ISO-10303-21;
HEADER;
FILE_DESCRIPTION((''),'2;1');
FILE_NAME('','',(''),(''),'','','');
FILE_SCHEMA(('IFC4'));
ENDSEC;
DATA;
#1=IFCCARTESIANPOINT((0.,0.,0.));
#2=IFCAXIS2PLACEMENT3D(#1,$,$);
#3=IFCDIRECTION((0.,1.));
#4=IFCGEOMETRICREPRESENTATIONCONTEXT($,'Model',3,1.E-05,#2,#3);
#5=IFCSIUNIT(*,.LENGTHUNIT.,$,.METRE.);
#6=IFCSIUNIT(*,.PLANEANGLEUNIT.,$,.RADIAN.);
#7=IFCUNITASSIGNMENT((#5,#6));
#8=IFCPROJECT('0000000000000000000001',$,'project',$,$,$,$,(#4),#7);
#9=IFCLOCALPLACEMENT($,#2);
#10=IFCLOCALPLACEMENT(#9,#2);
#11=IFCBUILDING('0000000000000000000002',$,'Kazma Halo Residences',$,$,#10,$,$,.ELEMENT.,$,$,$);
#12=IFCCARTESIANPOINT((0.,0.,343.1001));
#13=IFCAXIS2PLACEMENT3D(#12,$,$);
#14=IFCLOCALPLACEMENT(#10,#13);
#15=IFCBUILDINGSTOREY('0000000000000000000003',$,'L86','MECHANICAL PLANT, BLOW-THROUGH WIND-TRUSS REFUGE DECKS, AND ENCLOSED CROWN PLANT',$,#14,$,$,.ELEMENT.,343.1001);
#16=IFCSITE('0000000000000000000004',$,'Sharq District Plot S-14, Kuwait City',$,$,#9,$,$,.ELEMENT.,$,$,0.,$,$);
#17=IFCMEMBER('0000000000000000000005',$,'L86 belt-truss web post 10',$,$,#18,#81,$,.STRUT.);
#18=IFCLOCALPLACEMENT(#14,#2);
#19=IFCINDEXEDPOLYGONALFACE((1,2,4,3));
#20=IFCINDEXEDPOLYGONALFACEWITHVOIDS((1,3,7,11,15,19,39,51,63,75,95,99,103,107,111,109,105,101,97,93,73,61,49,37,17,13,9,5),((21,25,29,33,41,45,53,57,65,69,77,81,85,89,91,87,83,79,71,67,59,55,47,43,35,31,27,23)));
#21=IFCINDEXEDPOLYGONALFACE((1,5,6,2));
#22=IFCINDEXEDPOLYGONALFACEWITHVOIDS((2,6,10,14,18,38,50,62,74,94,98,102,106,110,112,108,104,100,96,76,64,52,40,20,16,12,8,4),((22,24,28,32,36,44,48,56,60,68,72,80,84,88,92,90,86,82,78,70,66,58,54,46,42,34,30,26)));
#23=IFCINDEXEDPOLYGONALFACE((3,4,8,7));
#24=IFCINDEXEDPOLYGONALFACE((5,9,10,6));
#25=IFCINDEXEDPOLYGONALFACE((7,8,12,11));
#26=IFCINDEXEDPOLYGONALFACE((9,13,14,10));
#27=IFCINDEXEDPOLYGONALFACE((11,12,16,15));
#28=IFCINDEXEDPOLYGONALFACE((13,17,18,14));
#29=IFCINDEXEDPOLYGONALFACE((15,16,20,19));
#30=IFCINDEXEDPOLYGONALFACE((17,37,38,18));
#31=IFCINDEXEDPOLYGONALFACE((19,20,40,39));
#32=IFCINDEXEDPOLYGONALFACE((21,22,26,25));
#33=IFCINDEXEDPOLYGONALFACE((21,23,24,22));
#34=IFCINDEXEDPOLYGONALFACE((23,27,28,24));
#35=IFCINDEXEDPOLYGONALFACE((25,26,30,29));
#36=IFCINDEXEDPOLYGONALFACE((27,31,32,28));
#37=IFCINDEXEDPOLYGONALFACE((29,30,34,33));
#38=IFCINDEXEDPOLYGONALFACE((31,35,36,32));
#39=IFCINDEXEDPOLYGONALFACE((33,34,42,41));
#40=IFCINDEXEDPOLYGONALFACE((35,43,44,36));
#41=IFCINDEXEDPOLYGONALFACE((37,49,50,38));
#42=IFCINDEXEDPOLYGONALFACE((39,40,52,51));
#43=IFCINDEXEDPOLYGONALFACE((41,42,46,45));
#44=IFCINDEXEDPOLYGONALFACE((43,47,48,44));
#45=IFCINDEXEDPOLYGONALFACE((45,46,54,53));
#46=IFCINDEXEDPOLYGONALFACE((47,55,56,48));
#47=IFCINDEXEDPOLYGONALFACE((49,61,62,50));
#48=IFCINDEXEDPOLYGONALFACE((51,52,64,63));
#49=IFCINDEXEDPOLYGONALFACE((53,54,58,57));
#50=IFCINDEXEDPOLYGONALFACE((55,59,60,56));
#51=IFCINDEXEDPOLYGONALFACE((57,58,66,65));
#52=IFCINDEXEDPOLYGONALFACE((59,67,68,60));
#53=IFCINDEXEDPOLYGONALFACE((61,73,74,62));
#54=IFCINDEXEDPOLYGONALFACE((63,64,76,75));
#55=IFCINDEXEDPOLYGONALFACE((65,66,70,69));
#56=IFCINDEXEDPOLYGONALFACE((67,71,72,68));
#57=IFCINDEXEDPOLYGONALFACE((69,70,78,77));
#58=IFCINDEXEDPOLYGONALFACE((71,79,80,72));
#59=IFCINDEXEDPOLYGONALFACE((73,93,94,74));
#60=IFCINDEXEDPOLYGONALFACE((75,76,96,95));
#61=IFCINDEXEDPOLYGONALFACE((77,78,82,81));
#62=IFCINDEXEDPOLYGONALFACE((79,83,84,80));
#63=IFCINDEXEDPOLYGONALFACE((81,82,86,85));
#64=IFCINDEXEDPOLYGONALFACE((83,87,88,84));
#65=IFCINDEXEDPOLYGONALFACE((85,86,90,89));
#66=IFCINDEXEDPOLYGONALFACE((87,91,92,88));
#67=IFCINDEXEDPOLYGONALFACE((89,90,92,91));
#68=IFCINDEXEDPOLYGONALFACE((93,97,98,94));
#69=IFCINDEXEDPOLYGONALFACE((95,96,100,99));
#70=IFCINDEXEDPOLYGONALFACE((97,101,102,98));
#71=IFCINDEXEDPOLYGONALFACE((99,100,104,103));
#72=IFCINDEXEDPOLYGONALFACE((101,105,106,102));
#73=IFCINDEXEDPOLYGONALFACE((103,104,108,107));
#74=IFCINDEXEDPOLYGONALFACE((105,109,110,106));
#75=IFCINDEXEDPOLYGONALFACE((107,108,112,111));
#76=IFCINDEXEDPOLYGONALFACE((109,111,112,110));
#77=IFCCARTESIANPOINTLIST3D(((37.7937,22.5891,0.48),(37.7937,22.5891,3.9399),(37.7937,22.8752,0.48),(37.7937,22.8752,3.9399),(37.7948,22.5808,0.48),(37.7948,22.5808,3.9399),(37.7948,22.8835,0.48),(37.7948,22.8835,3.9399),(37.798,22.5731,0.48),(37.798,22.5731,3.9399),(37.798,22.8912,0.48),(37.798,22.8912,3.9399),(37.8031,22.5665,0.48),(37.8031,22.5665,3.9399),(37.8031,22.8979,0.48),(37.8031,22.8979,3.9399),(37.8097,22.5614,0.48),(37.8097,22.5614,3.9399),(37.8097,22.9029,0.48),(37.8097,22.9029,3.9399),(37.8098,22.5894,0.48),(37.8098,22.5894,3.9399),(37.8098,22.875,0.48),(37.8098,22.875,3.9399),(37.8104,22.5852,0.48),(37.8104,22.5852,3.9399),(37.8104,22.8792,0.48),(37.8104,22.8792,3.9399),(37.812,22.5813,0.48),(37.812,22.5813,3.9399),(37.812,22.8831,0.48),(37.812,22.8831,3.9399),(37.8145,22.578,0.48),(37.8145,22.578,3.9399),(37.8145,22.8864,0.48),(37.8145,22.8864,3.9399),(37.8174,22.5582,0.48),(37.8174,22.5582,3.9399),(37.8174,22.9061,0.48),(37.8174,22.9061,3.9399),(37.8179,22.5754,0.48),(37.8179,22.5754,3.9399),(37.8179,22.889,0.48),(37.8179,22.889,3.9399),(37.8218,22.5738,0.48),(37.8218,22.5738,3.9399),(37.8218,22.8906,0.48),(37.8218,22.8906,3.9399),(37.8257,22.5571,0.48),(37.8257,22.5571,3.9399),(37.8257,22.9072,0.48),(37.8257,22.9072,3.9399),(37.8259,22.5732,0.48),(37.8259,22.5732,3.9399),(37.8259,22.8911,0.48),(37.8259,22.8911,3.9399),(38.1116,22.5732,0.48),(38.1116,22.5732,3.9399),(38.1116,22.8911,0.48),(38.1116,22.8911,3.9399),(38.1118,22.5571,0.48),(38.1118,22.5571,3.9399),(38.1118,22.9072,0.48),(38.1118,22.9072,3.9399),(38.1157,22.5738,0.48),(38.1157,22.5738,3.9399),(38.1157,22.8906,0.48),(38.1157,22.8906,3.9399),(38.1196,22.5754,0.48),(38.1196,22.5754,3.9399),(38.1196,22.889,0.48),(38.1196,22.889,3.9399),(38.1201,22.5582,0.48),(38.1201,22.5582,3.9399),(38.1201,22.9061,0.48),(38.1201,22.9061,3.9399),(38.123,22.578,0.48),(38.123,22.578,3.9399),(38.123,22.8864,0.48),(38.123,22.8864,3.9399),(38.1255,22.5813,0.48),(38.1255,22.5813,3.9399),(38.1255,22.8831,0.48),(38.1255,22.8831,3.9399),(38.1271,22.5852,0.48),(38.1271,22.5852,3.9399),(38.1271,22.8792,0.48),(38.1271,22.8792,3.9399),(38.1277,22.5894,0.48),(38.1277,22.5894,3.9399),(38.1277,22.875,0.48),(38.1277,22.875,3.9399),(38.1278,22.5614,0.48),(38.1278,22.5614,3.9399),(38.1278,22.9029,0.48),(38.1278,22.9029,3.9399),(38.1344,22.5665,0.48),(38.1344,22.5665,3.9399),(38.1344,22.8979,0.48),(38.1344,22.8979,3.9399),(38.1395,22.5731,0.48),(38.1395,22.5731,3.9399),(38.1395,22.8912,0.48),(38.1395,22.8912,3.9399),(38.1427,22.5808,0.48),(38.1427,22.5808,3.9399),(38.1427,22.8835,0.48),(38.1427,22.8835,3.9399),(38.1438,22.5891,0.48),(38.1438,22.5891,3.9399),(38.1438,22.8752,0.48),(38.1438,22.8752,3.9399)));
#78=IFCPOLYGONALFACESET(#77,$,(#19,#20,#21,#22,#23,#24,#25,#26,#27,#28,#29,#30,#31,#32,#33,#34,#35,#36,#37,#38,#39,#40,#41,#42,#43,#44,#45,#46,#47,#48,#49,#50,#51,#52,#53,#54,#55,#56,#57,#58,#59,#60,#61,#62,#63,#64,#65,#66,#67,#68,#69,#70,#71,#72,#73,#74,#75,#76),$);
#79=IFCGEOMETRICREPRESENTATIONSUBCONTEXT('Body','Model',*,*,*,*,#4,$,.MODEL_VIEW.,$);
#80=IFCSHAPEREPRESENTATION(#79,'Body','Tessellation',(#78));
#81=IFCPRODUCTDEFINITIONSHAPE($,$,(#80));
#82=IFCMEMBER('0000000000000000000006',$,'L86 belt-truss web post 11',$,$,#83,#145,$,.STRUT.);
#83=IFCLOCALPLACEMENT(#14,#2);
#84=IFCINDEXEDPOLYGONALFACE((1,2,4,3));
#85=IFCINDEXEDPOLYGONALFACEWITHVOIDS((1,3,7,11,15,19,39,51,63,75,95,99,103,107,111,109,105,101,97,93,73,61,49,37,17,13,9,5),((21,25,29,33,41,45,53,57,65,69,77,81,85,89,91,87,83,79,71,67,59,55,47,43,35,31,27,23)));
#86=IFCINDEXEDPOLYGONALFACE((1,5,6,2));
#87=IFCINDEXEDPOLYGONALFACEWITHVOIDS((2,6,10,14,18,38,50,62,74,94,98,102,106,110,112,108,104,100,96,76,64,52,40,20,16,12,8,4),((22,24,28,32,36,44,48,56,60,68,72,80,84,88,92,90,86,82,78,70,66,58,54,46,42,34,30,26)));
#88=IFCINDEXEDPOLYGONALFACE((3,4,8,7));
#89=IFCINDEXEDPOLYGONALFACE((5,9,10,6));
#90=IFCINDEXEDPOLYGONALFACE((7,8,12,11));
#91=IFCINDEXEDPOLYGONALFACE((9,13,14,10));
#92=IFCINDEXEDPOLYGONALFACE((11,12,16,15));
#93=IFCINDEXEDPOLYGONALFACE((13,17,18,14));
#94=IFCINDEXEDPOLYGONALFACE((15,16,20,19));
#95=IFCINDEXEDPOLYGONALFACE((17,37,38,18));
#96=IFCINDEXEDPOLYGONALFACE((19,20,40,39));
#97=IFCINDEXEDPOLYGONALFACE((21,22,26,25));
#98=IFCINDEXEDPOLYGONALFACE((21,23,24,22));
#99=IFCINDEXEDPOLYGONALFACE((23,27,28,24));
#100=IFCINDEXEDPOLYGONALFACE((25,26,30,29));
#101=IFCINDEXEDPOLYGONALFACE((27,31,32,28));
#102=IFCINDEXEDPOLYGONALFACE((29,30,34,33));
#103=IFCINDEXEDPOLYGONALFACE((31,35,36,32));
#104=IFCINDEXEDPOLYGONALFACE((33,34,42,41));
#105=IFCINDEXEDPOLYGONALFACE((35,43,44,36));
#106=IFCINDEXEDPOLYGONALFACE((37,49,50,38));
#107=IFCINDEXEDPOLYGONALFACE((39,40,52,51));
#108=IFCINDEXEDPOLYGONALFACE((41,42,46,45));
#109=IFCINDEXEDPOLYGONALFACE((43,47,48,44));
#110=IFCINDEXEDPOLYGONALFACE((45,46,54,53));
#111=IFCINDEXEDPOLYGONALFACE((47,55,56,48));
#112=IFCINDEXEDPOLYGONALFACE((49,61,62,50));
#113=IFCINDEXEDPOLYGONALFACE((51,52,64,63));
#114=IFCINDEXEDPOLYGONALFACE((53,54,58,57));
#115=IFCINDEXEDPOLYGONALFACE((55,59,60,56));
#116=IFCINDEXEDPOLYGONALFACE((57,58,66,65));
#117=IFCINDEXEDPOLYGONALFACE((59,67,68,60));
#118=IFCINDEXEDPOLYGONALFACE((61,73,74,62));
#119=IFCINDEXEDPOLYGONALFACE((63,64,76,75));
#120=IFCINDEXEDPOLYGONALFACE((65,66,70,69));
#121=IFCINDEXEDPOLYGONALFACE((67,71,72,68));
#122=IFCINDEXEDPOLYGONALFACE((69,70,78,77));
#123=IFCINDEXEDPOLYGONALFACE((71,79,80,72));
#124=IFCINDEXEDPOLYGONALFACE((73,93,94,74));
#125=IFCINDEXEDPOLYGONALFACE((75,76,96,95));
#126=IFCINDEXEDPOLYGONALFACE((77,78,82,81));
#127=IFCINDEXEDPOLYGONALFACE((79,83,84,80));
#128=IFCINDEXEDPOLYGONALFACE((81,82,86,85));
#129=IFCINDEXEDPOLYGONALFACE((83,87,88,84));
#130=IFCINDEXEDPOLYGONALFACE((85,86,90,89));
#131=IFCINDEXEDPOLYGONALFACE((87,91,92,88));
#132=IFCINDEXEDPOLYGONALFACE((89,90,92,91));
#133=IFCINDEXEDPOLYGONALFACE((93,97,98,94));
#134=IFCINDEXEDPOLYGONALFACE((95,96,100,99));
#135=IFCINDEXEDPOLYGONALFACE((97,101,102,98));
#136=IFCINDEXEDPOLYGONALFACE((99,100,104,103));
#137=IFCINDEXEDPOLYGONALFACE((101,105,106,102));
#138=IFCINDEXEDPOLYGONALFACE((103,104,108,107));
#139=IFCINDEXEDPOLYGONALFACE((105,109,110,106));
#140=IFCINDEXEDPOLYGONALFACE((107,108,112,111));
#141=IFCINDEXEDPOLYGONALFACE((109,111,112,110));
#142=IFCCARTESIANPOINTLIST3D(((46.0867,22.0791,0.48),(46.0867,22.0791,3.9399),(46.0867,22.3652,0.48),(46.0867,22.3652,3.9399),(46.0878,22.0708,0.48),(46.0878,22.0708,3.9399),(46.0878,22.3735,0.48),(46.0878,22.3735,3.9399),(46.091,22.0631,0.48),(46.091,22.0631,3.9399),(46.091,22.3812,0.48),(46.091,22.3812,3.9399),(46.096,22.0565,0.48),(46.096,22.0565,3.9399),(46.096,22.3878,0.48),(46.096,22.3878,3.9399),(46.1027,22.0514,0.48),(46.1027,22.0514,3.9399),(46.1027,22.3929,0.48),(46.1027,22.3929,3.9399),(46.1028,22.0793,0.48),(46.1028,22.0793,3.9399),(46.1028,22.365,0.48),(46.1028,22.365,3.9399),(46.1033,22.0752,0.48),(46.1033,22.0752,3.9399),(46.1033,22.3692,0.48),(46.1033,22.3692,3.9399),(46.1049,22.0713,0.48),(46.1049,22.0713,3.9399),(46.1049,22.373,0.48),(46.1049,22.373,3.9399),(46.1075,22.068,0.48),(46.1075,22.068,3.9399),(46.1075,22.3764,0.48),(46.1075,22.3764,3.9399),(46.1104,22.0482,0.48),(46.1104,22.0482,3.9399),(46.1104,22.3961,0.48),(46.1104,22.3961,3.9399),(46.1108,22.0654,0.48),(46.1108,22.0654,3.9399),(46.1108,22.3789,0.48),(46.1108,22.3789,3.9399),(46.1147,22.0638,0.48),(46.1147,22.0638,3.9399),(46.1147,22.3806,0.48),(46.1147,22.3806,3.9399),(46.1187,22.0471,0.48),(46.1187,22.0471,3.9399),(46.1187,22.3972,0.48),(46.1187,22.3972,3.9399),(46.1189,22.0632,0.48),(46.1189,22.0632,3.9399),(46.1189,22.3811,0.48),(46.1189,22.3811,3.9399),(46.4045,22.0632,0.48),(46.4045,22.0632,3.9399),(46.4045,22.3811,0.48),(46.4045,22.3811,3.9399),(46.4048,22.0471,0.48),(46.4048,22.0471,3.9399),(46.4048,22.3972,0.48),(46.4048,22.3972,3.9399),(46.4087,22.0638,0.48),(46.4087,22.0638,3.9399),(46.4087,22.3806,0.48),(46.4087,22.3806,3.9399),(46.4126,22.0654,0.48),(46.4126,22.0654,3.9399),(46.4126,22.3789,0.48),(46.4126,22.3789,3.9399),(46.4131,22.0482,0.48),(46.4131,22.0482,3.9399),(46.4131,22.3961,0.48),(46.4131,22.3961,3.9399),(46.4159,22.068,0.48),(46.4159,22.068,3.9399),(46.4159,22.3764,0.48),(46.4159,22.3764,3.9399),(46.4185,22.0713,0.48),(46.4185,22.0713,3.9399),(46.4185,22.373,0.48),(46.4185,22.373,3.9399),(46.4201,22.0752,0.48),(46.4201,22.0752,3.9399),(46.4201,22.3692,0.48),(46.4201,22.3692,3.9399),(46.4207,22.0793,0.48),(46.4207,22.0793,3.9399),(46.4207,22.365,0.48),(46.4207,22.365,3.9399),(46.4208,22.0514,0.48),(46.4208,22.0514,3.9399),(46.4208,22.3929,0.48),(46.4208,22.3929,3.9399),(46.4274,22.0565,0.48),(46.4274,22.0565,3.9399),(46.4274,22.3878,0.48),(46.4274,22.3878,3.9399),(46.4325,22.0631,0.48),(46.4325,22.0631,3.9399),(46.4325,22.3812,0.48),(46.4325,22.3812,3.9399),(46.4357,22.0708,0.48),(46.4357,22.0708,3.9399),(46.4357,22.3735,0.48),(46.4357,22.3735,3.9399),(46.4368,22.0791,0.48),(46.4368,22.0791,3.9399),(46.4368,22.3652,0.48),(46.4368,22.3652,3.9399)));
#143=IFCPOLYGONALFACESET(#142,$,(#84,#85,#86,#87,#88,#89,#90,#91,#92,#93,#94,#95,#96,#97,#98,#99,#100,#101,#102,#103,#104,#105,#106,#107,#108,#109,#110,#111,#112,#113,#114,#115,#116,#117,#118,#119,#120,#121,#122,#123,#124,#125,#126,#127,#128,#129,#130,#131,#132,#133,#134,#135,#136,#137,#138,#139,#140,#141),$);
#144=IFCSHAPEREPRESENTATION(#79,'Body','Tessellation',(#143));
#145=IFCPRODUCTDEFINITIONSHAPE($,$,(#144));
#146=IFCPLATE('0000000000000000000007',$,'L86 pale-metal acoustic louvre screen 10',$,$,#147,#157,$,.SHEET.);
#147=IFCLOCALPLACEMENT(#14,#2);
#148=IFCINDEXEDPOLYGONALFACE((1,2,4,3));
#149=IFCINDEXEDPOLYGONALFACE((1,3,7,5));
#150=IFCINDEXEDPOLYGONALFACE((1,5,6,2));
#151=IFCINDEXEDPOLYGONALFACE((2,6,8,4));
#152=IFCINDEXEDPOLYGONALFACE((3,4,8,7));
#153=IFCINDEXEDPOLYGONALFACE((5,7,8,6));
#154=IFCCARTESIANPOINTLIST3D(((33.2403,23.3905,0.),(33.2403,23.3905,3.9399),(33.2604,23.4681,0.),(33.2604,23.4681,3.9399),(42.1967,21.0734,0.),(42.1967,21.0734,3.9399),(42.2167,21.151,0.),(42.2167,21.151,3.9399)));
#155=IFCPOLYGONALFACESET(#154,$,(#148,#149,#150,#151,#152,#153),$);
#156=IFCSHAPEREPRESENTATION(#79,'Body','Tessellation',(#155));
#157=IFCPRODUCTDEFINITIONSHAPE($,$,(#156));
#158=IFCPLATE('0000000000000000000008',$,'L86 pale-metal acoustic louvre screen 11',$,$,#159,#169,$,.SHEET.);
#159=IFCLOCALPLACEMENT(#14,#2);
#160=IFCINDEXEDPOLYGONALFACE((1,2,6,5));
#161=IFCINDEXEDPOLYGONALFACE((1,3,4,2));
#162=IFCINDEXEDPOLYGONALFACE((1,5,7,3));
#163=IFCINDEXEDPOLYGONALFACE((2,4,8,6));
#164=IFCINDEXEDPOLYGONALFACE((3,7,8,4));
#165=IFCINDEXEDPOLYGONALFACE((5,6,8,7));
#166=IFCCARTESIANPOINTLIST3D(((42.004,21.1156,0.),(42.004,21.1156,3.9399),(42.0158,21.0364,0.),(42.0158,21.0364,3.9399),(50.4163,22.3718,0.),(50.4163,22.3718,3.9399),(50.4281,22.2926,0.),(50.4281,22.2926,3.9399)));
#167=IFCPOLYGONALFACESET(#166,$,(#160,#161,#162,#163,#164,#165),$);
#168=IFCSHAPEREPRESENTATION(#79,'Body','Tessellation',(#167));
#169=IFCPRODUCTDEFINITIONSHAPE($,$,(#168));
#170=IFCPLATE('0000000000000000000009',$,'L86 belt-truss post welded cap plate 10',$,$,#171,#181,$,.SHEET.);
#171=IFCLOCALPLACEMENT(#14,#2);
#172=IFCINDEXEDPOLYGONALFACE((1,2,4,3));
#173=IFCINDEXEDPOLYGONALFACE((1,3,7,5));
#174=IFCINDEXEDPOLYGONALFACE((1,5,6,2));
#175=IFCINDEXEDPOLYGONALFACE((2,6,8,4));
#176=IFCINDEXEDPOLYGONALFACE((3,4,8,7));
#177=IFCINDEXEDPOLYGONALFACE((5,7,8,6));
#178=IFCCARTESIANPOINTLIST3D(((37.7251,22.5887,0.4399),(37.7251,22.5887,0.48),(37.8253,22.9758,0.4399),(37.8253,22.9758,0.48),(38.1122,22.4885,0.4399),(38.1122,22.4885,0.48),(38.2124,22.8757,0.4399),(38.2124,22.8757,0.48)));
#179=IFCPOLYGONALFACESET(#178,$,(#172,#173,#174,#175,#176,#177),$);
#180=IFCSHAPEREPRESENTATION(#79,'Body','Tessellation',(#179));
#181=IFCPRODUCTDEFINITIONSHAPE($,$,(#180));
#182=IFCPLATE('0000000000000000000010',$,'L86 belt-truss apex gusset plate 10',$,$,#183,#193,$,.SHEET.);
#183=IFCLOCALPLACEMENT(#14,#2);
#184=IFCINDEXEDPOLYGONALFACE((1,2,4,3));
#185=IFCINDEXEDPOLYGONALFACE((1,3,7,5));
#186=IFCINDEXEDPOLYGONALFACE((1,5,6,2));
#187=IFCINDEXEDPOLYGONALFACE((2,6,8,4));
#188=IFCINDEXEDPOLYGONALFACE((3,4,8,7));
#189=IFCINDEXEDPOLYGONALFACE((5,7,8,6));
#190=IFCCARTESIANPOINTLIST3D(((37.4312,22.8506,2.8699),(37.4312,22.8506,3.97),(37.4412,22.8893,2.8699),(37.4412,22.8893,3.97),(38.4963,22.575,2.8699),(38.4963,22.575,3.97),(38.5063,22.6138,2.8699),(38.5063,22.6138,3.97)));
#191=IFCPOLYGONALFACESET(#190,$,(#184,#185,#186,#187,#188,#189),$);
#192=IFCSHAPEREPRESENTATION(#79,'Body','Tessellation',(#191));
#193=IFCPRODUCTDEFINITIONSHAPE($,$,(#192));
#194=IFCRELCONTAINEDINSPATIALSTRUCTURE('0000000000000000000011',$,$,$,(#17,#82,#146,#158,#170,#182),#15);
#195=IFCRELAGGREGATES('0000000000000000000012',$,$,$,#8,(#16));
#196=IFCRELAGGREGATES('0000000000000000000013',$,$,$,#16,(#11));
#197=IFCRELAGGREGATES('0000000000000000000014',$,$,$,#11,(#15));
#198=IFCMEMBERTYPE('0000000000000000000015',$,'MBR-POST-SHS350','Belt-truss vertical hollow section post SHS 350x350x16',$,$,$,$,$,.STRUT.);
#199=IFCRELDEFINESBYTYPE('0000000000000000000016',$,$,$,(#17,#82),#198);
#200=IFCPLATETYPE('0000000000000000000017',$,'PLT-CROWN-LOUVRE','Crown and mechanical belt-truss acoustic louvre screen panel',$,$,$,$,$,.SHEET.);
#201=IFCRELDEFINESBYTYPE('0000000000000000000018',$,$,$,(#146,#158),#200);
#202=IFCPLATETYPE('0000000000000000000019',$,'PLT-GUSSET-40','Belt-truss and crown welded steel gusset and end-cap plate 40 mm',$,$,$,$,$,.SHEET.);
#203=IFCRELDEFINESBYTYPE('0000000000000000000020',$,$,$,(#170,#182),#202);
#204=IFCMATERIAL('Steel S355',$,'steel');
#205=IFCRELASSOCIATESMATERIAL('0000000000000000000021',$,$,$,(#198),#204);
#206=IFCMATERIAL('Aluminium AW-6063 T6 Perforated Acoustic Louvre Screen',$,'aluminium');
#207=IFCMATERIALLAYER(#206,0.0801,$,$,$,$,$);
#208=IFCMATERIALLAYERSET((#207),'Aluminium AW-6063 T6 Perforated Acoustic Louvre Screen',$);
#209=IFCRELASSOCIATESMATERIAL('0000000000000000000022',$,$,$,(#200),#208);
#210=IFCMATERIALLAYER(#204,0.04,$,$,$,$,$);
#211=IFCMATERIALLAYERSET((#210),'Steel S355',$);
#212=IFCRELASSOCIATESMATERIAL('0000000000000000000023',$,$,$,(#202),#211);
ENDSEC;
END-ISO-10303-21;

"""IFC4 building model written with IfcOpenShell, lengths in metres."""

from ifc_helpers import new_model, si_unit, direction, frame, origin, origin_2d, place, context, subcontext, project, spatial, rectangle, hollow_rectangle, extrude, material, layer, layer_set, material_profile, profile_set, type_object, element, save


model = new_model("IFC4")

# Units and contexts
model_context = context("Model", 3, precision=1e-05, world=origin(), true_north=direction((0.0, 1.0)))
body_context = subcontext(model_context, "Body", "Model", "MODEL_VIEW")
ifc_project = project(units=[si_unit("LENGTHUNIT", "METRE"), si_unit("PLANEANGLEUNIT", "RADIAN")], contexts=[model_context])

# Site, building, storey
site_placement = place(None, origin())
site = spatial("IfcSite", under=ifc_project, at=site_placement, Name="Sharq District Plot S-14, Kuwait City", CompositionType="ELEMENT", RefElevation=0.0)
building_placement = place(site_placement, origin())
building = spatial("IfcBuilding", under=site, at=building_placement, Name="Kazma Halo Residences", CompositionType="ELEMENT")
storey_placement = place(building_placement, frame((0.0, 0.0, 343.1001)))
storey = spatial("IfcBuildingStorey", under=building, at=storey_placement, Name="L86", Description="MECHANICAL PLANT, BLOW-THROUGH WIND-TRUSS REFUGE DECKS, AND ENCLOSED CROWN PLANT", CompositionType="ELEMENT", Elevation=343.1001)

# Shared definitions
ifc_material_1 = material(Name="Steel S355", Category="steel")

# Members
ifc_material_profile_1 = material_profile(ifc_material_1, hollow_rectangle(XDim=0.3501, YDim=0.3501, WallThickness=0.0161, InnerFilletRadius=0.0161, OuterFilletRadius=0.032, at=origin_2d()), Name="SHS350x350x16")
ifc_profile_set_1 = profile_set([ifc_material_profile_1], Name="Steel S355")
member_type_1 = type_object("IfcMemberType", Name="MBR-POST-SHS350", Description="Belt-truss vertical hollow section post SHS 350x350x16", PredefinedType="STRUT", material=ifc_profile_set_1)
for number, where, z_axis, x_axis, name in (
    (1, (37.9688, 22.7322, 0.48), (0.0, 0.0, 1.0), (1.0, 0.0, 0.0), "L86 belt-truss web post 10"),
    (2, (46.2617, 22.2222, 0.48), (0.0, 0.0, 1.0), (1.0, 0.0, 0.0), "L86 belt-truss web post 11"),
):
    element("IfcMember", number, at=place(storey_placement, frame(where, z_axis=z_axis, x_axis=x_axis)), inside=storey, type_object=member_type_1, Name=name, PredefinedType="STRUT", context=body_context, shape_type="SweptSolid", body=[
        extrude(hollow_rectangle(XDim=0.3501, YDim=0.3501, WallThickness=0.0161, InnerFilletRadius=0.0161, OuterFilletRadius=0.032, at=origin_2d()), origin(), (0.0, 0.0, 1.0), 3.46),
    ])

# Plates
ifc_material_2 = material(Name="Aluminium AW-6063 T6 Perforated Acoustic Louvre Screen", Category="aluminium")
ifc_layer_1 = layer(ifc_material_2, 0.0801)
ifc_layer_set_1 = layer_set([ifc_layer_1], Name="Aluminium AW-6063 T6 Perforated Acoustic Louvre Screen")
plate_type_1 = type_object("IfcPlateType", Name="PLT-CROWN-LOUVRE", Description="Crown and mechanical belt-truss acoustic louvre screen panel", PredefinedType="SHEET", material=ifc_layer_set_1)
plate_1_placement = place(storey_placement, frame((37.7285, 22.2708, 0.0), z_axis=(0.0, 0.0, 1.0), x_axis=(0.968126, -0.250463, 0.0)))
element("IfcPlate", 3, at=plate_1_placement, inside=storey, type_object=plate_type_1, Name="L86 pale-metal acoustic louvre screen 10", PredefinedType="SHEET", context=body_context, shape_type="SweptSolid", body=[
    extrude(rectangle(XDim=9.2512, YDim=0.0801, at=origin_2d()), origin(), (0.0, 0.0, 1.0), 3.9399),
])
plate_2_placement = place(storey_placement, frame((46.2161, 21.7041, 0.0), z_axis=(0.0, 0.0, 1.0), x_axis=(0.989034, 0.147688, 0.0)))
element("IfcPlate", 4, at=plate_2_placement, inside=storey, type_object=plate_type_1, Name="L86 pale-metal acoustic louvre screen 11", PredefinedType="SHEET", context=body_context, shape_type="SweptSolid", body=[
    extrude(rectangle(XDim=8.5056, YDim=0.0801, at=origin_2d()), origin(), (0.0, 0.0, 1.0), 3.9399),
])
ifc_layer_2 = layer(ifc_material_1, 0.04)
ifc_layer_set_2 = layer_set([ifc_layer_2], Name="Steel S355")
plate_type_2 = type_object("IfcPlateType", Name="PLT-GUSSET-40", Description="Belt-truss and crown welded steel gusset and end-cap plate 40 mm", PredefinedType="SHEET", material=ifc_layer_set_2)
plate_3_placement = place(storey_placement, frame((37.9688, 22.7322, 0.4399), z_axis=(0.0, 0.0, 1.0), x_axis=(0.968126, -0.250463, 0.0)))
element("IfcPlate", 5, at=plate_3_placement, inside=storey, type_object=plate_type_2, Name="L86 belt-truss post welded cap plate 10", PredefinedType="SHEET", context=body_context, shape_type="SweptSolid", body=[
    extrude(rectangle(XDim=0.3999, YDim=0.3999, at=origin_2d()), origin(), (0.0, 0.0, 1.0), 0.04),
])
plate_4_placement = place(storey_placement, frame((37.9688, 22.7322, 2.8699), z_axis=(0.0, 0.0, 1.0), x_axis=(0.968126, -0.250463, 0.0)))
element("IfcPlate", 6, at=plate_4_placement, inside=storey, type_object=plate_type_2, Name="L86 belt-truss apex gusset plate 10", PredefinedType="SHEET", context=body_context, shape_type="SweptSolid", body=[
    extrude(rectangle(XDim=1.1001, YDim=0.04, at=origin_2d()), origin(), (0.0, 0.0, 1.0), 1.1001),
])

save(model, "model.ifc")
